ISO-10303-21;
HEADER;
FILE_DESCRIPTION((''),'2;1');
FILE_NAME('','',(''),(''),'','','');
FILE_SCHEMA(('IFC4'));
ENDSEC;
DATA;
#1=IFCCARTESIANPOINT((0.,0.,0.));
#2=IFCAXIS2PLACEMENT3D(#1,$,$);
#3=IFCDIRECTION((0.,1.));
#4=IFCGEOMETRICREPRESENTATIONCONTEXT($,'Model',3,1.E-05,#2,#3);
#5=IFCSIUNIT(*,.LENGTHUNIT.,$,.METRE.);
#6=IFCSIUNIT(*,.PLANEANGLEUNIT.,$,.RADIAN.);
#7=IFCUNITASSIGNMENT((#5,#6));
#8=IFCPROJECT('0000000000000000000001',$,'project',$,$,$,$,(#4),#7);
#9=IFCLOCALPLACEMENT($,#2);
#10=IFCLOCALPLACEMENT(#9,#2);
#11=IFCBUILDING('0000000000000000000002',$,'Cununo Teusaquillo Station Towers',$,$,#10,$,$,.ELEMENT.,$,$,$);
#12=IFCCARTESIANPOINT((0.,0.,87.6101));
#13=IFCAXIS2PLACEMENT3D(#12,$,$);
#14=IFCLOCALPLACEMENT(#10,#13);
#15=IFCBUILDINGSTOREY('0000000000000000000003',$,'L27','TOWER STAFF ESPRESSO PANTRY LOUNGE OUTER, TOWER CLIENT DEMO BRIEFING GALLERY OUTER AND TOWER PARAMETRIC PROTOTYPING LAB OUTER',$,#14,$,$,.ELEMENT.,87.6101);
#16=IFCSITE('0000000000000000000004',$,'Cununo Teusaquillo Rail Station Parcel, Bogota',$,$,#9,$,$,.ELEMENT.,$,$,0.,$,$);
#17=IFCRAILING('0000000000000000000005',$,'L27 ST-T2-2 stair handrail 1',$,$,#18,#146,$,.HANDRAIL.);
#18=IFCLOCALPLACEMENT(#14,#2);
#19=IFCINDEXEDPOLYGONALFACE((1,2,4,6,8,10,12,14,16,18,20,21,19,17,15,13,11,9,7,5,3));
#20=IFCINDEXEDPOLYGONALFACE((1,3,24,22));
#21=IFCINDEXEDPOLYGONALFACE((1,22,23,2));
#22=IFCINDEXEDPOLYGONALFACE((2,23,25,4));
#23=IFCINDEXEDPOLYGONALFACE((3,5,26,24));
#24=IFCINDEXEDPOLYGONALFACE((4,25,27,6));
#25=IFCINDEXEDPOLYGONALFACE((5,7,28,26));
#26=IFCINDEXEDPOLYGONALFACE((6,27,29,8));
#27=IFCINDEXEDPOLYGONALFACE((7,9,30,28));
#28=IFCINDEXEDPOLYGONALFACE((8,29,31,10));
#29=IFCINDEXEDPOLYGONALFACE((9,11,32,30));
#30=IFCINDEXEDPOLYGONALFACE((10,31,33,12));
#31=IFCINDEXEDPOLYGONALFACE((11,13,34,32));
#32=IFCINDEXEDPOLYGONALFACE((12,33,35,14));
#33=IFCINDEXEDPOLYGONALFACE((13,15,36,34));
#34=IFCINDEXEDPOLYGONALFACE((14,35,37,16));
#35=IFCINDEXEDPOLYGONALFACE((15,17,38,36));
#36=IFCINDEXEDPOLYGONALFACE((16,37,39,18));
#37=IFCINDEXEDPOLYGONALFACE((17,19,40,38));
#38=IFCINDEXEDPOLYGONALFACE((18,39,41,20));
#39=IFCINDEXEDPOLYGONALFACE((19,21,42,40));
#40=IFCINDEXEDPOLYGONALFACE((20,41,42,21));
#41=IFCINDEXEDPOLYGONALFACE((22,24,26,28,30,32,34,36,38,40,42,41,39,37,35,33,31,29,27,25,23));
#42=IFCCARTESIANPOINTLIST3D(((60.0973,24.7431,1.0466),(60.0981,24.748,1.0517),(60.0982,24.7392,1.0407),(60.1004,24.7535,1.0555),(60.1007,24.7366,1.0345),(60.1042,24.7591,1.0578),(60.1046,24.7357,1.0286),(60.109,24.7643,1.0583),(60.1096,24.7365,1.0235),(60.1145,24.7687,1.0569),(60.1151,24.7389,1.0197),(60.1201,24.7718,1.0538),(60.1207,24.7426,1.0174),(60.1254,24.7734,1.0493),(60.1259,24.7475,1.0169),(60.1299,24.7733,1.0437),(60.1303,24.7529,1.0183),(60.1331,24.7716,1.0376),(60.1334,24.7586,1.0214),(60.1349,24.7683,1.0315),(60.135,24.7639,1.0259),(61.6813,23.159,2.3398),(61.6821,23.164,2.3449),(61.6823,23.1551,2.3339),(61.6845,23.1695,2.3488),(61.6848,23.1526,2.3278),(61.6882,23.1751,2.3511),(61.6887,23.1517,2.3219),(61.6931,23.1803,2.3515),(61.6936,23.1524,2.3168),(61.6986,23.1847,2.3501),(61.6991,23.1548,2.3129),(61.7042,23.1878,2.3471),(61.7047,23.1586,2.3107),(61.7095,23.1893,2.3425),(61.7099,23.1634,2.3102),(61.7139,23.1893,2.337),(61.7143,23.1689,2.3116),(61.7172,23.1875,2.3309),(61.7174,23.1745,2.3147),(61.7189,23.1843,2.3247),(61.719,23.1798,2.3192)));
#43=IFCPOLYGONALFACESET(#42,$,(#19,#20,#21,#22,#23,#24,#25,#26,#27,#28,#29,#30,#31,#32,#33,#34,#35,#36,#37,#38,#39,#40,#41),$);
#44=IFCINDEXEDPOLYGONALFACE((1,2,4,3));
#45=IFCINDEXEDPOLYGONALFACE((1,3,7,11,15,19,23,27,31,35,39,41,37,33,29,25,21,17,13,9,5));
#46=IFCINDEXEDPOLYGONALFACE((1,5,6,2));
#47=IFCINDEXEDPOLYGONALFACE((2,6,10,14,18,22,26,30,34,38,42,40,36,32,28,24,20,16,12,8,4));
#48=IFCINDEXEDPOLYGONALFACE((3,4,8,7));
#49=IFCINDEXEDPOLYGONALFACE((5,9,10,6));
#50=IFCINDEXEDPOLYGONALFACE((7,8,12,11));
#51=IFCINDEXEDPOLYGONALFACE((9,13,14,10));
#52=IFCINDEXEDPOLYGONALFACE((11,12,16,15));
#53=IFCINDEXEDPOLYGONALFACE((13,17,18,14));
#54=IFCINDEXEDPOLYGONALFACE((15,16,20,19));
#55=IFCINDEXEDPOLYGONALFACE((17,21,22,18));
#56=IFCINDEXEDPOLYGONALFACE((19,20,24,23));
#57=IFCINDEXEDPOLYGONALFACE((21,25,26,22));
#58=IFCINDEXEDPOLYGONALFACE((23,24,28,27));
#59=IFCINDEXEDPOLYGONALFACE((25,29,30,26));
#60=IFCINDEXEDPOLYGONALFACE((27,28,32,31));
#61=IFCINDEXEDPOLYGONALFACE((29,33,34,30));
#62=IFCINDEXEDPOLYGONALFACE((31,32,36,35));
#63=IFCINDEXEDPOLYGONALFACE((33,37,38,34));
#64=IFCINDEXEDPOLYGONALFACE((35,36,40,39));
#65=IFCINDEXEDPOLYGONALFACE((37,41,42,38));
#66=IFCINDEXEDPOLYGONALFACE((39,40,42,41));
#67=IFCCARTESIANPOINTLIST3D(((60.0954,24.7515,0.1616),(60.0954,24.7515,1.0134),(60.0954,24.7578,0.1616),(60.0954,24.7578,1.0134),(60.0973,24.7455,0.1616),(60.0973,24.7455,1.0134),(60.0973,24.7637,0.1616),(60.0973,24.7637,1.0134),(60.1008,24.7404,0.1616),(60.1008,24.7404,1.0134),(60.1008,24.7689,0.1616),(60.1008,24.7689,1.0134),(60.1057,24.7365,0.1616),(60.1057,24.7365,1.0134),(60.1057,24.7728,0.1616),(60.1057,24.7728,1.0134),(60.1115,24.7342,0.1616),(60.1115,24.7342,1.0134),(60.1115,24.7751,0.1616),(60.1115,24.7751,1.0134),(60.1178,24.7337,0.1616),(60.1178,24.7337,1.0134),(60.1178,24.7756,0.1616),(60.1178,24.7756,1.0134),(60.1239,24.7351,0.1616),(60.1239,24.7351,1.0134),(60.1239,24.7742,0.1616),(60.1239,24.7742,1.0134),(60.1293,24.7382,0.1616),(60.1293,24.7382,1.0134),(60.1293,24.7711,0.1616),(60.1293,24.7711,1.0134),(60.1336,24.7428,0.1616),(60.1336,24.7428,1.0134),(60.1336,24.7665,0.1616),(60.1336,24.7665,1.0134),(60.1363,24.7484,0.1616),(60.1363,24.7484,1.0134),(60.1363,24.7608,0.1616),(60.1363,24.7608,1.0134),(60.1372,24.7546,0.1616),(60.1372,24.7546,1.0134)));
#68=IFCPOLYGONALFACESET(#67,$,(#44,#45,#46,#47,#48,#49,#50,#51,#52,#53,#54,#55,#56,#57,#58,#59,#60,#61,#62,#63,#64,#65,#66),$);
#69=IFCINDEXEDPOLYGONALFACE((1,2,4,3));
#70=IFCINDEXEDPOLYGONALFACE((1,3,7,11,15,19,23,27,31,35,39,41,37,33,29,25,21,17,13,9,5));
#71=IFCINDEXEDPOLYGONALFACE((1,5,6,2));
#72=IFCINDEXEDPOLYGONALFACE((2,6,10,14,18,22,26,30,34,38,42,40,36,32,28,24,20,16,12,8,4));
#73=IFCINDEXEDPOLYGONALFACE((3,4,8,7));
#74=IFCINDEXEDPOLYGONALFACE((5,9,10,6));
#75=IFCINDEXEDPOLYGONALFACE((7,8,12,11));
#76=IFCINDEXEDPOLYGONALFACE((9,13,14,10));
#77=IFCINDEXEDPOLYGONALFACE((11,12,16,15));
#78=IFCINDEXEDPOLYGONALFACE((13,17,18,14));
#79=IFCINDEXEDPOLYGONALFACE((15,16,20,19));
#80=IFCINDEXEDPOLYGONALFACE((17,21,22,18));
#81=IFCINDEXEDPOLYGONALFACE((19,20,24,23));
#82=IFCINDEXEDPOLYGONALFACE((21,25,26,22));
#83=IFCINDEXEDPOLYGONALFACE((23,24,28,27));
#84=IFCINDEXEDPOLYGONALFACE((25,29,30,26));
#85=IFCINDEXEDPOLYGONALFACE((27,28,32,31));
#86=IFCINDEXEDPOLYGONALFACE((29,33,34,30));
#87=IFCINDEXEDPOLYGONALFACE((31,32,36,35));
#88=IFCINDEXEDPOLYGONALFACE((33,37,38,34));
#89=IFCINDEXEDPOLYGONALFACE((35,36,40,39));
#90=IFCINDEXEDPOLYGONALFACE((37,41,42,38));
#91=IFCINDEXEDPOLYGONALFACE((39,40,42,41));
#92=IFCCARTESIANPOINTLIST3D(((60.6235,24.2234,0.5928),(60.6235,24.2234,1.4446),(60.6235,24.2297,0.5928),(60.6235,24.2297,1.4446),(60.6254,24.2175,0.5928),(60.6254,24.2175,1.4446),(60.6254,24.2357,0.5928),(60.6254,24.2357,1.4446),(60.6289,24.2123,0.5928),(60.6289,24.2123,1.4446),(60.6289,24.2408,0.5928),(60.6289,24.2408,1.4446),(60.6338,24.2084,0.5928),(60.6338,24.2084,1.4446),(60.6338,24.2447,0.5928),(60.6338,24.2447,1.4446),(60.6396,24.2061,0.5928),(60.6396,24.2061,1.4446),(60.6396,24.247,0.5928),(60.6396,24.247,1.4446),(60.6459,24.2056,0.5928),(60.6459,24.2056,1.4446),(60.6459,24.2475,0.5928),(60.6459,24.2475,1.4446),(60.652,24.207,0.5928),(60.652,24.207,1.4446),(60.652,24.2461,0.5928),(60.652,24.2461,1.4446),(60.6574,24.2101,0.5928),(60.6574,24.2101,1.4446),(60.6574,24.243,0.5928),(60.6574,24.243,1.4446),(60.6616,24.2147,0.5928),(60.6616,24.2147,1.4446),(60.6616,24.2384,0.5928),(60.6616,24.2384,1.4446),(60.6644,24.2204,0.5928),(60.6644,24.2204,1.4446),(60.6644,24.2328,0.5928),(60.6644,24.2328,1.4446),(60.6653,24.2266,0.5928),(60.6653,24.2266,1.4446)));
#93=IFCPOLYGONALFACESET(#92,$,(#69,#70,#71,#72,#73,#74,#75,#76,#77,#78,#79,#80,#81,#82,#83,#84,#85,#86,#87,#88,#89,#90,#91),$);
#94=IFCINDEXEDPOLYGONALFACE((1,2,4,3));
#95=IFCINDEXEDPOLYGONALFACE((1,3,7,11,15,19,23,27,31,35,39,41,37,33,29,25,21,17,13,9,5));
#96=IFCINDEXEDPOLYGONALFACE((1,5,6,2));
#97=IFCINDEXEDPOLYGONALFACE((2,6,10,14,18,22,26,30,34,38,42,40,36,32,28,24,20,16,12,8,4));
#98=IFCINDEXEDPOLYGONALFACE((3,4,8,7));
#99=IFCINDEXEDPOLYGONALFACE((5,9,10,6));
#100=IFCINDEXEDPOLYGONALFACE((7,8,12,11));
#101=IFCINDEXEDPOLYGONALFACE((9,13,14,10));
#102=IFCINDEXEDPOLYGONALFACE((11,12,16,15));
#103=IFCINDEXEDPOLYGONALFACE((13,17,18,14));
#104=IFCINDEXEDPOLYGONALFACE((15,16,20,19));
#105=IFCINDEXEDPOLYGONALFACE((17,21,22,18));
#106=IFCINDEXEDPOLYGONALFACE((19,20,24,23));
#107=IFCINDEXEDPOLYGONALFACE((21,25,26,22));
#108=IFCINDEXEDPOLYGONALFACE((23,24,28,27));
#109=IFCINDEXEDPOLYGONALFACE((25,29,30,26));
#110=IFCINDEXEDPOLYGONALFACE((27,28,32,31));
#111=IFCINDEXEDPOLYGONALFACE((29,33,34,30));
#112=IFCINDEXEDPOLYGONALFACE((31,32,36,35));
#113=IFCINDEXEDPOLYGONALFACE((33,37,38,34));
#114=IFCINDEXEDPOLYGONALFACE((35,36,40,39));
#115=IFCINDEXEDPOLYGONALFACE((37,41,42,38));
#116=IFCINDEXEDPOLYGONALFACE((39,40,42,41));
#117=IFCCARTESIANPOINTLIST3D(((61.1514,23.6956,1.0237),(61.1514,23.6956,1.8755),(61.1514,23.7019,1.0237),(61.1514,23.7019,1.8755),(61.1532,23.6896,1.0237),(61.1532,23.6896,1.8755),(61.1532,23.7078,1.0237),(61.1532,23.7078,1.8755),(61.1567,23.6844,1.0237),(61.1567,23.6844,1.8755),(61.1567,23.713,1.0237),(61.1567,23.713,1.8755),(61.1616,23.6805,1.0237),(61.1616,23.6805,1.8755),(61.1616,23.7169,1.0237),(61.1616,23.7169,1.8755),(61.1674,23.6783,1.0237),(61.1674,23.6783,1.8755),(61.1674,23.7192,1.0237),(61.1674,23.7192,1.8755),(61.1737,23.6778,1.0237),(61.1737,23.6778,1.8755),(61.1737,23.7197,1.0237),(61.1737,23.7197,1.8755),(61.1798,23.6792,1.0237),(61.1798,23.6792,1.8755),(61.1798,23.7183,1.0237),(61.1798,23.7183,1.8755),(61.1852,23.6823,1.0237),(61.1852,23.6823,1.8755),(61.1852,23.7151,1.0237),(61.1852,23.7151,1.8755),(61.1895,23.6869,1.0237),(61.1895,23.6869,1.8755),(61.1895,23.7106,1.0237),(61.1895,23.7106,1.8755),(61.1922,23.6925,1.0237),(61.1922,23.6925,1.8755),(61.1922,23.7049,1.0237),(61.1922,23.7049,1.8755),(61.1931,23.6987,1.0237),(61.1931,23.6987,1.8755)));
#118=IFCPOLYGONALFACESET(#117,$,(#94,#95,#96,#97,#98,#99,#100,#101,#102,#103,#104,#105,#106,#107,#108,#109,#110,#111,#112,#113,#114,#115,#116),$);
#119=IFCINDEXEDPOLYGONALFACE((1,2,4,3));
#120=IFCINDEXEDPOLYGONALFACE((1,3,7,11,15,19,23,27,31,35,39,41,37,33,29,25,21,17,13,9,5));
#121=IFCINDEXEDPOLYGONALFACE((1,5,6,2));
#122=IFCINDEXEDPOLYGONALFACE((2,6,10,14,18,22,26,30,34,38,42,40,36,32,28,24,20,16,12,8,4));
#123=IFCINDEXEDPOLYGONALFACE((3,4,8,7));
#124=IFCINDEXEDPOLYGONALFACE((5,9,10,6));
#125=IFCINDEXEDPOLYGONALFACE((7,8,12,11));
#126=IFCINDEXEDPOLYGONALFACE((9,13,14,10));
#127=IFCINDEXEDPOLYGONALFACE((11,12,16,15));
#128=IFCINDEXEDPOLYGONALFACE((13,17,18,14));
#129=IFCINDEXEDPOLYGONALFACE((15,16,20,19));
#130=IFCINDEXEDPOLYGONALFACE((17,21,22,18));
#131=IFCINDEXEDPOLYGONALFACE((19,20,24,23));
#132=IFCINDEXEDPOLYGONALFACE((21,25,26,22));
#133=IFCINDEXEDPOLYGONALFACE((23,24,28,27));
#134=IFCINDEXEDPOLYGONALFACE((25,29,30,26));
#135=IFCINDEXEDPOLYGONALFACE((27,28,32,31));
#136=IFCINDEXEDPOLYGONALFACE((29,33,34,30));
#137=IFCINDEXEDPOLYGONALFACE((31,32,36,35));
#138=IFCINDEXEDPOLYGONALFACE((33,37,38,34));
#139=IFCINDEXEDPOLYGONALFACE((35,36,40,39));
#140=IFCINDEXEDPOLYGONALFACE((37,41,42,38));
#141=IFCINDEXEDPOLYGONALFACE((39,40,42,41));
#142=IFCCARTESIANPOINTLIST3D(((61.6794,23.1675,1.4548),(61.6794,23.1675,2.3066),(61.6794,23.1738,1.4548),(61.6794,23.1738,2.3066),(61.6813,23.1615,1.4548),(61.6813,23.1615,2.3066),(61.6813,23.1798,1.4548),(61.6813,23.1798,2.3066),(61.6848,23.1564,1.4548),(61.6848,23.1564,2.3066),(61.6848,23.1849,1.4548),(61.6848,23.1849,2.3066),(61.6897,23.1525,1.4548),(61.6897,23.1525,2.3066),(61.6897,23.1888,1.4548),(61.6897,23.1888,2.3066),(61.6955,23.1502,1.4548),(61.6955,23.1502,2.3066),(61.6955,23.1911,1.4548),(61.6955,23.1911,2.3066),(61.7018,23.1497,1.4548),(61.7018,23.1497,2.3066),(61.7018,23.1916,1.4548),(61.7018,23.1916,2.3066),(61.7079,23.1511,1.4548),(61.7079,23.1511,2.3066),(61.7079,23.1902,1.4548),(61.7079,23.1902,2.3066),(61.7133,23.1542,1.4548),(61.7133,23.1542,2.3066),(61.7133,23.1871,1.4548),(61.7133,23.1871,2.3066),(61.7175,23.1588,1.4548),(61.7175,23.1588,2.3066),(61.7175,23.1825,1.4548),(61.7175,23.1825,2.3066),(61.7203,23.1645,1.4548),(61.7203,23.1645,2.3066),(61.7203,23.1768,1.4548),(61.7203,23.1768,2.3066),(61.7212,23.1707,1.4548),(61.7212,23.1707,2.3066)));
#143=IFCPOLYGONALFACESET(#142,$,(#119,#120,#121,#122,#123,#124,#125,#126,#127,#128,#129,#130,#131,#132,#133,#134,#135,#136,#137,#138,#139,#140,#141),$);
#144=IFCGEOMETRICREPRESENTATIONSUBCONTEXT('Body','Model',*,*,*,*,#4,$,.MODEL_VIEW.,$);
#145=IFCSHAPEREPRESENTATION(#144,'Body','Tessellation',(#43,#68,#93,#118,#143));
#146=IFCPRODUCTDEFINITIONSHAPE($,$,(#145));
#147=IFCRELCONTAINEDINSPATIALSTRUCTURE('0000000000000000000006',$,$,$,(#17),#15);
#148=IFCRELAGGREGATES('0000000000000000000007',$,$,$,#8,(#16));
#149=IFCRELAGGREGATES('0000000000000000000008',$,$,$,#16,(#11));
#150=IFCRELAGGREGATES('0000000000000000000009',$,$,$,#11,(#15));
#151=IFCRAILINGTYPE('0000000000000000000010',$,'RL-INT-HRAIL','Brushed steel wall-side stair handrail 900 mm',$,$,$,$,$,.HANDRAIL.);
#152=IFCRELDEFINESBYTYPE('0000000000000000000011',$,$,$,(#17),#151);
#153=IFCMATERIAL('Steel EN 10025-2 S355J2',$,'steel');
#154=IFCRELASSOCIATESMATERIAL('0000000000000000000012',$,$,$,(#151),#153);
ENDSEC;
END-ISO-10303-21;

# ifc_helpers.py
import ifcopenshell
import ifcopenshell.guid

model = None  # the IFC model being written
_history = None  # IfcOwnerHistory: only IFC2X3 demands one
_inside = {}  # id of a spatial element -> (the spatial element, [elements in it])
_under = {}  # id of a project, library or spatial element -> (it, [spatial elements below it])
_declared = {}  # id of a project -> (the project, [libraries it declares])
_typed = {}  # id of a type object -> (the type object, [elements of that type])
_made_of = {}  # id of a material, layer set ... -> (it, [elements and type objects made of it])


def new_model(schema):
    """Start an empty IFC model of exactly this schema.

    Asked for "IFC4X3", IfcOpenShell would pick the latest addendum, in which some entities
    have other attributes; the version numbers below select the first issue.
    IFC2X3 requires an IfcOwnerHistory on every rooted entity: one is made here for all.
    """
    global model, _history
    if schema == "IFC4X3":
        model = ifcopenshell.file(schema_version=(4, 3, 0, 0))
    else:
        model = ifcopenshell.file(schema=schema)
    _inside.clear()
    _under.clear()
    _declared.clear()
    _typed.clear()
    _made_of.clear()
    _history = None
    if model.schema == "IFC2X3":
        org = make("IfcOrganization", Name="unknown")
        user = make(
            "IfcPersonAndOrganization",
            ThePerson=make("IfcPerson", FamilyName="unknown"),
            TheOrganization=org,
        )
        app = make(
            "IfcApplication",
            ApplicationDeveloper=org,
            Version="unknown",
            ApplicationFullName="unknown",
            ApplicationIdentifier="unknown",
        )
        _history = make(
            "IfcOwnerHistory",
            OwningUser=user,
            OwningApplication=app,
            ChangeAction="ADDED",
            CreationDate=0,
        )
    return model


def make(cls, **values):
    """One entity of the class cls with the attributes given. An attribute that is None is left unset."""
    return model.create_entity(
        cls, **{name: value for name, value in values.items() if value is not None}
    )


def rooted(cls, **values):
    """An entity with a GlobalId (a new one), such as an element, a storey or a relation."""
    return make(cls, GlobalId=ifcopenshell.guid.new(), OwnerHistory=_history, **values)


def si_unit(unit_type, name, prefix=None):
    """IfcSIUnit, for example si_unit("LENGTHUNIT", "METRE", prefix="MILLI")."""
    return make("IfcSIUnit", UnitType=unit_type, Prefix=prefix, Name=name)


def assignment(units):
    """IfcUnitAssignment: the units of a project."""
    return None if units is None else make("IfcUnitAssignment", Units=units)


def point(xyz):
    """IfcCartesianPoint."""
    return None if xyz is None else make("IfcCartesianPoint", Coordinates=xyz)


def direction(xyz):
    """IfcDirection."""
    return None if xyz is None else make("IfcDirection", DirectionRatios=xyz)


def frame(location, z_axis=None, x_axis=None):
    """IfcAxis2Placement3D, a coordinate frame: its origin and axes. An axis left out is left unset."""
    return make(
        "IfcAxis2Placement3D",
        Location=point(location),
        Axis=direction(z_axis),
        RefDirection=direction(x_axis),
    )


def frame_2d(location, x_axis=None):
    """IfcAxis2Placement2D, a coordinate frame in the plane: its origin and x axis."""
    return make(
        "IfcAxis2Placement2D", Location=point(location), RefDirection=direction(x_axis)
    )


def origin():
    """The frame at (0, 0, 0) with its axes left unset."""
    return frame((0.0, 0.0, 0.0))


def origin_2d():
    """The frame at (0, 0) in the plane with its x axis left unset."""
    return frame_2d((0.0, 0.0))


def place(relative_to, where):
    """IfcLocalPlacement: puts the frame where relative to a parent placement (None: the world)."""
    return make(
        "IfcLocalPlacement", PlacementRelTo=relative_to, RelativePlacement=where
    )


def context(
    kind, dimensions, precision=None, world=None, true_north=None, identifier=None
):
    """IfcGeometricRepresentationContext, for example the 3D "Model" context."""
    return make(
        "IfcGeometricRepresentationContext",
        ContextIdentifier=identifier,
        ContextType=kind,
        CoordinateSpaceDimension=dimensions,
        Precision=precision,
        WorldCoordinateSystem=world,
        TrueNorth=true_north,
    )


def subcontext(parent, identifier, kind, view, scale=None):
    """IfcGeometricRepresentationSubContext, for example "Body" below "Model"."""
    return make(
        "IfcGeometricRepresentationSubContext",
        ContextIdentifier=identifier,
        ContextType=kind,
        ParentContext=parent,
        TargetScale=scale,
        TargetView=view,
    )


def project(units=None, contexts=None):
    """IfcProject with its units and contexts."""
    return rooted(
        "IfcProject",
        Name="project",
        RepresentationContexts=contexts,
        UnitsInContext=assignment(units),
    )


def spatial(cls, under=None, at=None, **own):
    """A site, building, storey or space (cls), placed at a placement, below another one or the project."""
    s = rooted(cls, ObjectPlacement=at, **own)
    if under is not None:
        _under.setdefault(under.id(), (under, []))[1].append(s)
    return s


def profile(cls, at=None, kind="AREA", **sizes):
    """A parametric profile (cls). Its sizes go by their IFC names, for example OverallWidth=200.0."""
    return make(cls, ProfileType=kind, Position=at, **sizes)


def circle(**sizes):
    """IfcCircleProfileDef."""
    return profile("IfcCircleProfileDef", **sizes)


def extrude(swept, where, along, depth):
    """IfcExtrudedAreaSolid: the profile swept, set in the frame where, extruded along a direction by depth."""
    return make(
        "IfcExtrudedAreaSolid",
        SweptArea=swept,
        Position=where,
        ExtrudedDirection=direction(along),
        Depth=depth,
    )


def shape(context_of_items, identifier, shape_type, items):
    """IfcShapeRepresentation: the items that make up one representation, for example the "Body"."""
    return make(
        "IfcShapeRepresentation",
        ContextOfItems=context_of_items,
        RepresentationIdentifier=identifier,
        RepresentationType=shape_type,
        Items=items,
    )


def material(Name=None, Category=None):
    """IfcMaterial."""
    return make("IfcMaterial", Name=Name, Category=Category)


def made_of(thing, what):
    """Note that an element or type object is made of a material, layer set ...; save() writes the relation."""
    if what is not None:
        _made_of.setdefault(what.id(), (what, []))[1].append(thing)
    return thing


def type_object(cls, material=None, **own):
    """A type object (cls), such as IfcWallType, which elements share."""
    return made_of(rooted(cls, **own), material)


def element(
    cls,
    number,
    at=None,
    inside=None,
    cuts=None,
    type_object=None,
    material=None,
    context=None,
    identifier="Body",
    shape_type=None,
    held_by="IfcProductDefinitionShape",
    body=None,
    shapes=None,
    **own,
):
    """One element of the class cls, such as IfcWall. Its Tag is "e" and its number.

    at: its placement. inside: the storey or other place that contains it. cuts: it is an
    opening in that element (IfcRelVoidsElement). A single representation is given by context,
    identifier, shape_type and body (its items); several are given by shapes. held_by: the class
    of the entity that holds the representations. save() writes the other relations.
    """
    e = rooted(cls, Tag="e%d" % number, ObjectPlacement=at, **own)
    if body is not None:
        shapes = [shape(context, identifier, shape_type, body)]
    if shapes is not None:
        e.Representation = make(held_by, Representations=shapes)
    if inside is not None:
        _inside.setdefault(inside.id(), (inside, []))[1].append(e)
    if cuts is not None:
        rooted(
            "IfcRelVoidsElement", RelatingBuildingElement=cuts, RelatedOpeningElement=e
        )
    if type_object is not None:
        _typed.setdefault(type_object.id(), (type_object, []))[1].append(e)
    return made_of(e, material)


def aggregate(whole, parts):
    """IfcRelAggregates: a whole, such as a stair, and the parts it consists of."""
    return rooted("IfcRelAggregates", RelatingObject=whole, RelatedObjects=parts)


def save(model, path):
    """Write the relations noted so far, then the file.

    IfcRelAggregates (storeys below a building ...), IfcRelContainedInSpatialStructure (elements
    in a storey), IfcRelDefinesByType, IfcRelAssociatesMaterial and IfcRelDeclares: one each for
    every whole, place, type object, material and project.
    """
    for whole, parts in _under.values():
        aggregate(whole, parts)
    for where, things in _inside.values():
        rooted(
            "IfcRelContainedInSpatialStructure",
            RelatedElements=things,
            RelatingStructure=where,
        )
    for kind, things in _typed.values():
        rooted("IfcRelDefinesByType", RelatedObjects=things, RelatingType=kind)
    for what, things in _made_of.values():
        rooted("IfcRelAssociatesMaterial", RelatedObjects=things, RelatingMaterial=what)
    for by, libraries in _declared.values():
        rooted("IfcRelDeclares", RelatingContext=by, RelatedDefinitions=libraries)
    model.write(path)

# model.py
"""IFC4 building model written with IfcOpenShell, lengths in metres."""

from ifc_helpers import new_model, si_unit, direction, frame, origin, origin_2d, place, context, subcontext, project, spatial, circle, extrude, material, type_object, element, save


model = new_model("IFC4")

# Units and contexts
model_context = context("Model", 3, precision=1e-05, world=origin(), true_north=direction((0.0, 1.0)))
body_context = subcontext(model_context, "Body", "Model", "MODEL_VIEW")
ifc_project = project(units=[si_unit("LENGTHUNIT", "METRE"), si_unit("PLANEANGLEUNIT", "RADIAN")], contexts=[model_context])

# Site, building, storey
site_placement = place(None, origin())
site = spatial("IfcSite", under=ifc_project, at=site_placement, Name="Cununo Teusaquillo Rail Station Parcel, Bogota", CompositionType="ELEMENT", RefElevation=0.0)
building_placement = place(site_placement, origin())
building = spatial("IfcBuilding", under=site, at=building_placement, Name="Cununo Teusaquillo Station Towers", CompositionType="ELEMENT")
storey_placement = place(building_placement, frame((0.0, 0.0, 87.6101)))
storey = spatial("IfcBuildingStorey", under=building, at=storey_placement, Name="L27", Description="TOWER STAFF ESPRESSO PANTRY LOUNGE OUTER, TOWER CLIENT DEMO BRIEFING GALLERY OUTER AND TOWER PARAMETRIC PROTOTYPING LAB OUTER", CompositionType="ELEMENT", Elevation=87.6101)

# Railing
ifc_material_1 = material(Name="Steel EN 10025-2 S355J2", Category="steel")
railing_type_1 = type_object("IfcRailingType", Name="RL-INT-HRAIL", Description="Brushed steel wall-side stair handrail 900 mm", PredefinedType="HANDRAIL", material=ifc_material_1)
railing_1_placement = place(storey_placement, frame((60.1162, 24.7546, 0.1616)))
element("IfcRailing", 1, at=railing_1_placement, inside=storey, type_object=railing_type_1, Name="L27 ST-T2-2 stair handrail 1", PredefinedType="HANDRAIL", context=body_context, shape_type="SweptSolid", body=[
    extrude(circle(Radius=0.0239, at=origin_2d()), frame((0.0, 0.0, 0.876), z_axis=(0.612385, -0.612385, 0.49997), x_axis=(0.707107, 0.707107, 0.0)), (0.0, 0.0, 1.0), 2.5867),
    extrude(circle(Radius=0.021, at=origin_2d()), origin(), (0.0, 0.0, 1.0), 0.8518),
    extrude(circle(Radius=0.021, at=origin_2d()), frame((0.5281, -0.5281, 0.4312)), (0.0, 0.0, 1.0), 0.8518),
    extrude(circle(Radius=0.021, at=origin_2d()), frame((1.0559, -1.0559, 0.8621)), (0.0, 0.0, 1.0), 0.8518),
    extrude(circle(Radius=0.021, at=origin_2d()), frame((1.584, -1.584, 1.2932)), (0.0, 0.0, 1.0), 0.8518),
])

save(model, "model.ifc")
